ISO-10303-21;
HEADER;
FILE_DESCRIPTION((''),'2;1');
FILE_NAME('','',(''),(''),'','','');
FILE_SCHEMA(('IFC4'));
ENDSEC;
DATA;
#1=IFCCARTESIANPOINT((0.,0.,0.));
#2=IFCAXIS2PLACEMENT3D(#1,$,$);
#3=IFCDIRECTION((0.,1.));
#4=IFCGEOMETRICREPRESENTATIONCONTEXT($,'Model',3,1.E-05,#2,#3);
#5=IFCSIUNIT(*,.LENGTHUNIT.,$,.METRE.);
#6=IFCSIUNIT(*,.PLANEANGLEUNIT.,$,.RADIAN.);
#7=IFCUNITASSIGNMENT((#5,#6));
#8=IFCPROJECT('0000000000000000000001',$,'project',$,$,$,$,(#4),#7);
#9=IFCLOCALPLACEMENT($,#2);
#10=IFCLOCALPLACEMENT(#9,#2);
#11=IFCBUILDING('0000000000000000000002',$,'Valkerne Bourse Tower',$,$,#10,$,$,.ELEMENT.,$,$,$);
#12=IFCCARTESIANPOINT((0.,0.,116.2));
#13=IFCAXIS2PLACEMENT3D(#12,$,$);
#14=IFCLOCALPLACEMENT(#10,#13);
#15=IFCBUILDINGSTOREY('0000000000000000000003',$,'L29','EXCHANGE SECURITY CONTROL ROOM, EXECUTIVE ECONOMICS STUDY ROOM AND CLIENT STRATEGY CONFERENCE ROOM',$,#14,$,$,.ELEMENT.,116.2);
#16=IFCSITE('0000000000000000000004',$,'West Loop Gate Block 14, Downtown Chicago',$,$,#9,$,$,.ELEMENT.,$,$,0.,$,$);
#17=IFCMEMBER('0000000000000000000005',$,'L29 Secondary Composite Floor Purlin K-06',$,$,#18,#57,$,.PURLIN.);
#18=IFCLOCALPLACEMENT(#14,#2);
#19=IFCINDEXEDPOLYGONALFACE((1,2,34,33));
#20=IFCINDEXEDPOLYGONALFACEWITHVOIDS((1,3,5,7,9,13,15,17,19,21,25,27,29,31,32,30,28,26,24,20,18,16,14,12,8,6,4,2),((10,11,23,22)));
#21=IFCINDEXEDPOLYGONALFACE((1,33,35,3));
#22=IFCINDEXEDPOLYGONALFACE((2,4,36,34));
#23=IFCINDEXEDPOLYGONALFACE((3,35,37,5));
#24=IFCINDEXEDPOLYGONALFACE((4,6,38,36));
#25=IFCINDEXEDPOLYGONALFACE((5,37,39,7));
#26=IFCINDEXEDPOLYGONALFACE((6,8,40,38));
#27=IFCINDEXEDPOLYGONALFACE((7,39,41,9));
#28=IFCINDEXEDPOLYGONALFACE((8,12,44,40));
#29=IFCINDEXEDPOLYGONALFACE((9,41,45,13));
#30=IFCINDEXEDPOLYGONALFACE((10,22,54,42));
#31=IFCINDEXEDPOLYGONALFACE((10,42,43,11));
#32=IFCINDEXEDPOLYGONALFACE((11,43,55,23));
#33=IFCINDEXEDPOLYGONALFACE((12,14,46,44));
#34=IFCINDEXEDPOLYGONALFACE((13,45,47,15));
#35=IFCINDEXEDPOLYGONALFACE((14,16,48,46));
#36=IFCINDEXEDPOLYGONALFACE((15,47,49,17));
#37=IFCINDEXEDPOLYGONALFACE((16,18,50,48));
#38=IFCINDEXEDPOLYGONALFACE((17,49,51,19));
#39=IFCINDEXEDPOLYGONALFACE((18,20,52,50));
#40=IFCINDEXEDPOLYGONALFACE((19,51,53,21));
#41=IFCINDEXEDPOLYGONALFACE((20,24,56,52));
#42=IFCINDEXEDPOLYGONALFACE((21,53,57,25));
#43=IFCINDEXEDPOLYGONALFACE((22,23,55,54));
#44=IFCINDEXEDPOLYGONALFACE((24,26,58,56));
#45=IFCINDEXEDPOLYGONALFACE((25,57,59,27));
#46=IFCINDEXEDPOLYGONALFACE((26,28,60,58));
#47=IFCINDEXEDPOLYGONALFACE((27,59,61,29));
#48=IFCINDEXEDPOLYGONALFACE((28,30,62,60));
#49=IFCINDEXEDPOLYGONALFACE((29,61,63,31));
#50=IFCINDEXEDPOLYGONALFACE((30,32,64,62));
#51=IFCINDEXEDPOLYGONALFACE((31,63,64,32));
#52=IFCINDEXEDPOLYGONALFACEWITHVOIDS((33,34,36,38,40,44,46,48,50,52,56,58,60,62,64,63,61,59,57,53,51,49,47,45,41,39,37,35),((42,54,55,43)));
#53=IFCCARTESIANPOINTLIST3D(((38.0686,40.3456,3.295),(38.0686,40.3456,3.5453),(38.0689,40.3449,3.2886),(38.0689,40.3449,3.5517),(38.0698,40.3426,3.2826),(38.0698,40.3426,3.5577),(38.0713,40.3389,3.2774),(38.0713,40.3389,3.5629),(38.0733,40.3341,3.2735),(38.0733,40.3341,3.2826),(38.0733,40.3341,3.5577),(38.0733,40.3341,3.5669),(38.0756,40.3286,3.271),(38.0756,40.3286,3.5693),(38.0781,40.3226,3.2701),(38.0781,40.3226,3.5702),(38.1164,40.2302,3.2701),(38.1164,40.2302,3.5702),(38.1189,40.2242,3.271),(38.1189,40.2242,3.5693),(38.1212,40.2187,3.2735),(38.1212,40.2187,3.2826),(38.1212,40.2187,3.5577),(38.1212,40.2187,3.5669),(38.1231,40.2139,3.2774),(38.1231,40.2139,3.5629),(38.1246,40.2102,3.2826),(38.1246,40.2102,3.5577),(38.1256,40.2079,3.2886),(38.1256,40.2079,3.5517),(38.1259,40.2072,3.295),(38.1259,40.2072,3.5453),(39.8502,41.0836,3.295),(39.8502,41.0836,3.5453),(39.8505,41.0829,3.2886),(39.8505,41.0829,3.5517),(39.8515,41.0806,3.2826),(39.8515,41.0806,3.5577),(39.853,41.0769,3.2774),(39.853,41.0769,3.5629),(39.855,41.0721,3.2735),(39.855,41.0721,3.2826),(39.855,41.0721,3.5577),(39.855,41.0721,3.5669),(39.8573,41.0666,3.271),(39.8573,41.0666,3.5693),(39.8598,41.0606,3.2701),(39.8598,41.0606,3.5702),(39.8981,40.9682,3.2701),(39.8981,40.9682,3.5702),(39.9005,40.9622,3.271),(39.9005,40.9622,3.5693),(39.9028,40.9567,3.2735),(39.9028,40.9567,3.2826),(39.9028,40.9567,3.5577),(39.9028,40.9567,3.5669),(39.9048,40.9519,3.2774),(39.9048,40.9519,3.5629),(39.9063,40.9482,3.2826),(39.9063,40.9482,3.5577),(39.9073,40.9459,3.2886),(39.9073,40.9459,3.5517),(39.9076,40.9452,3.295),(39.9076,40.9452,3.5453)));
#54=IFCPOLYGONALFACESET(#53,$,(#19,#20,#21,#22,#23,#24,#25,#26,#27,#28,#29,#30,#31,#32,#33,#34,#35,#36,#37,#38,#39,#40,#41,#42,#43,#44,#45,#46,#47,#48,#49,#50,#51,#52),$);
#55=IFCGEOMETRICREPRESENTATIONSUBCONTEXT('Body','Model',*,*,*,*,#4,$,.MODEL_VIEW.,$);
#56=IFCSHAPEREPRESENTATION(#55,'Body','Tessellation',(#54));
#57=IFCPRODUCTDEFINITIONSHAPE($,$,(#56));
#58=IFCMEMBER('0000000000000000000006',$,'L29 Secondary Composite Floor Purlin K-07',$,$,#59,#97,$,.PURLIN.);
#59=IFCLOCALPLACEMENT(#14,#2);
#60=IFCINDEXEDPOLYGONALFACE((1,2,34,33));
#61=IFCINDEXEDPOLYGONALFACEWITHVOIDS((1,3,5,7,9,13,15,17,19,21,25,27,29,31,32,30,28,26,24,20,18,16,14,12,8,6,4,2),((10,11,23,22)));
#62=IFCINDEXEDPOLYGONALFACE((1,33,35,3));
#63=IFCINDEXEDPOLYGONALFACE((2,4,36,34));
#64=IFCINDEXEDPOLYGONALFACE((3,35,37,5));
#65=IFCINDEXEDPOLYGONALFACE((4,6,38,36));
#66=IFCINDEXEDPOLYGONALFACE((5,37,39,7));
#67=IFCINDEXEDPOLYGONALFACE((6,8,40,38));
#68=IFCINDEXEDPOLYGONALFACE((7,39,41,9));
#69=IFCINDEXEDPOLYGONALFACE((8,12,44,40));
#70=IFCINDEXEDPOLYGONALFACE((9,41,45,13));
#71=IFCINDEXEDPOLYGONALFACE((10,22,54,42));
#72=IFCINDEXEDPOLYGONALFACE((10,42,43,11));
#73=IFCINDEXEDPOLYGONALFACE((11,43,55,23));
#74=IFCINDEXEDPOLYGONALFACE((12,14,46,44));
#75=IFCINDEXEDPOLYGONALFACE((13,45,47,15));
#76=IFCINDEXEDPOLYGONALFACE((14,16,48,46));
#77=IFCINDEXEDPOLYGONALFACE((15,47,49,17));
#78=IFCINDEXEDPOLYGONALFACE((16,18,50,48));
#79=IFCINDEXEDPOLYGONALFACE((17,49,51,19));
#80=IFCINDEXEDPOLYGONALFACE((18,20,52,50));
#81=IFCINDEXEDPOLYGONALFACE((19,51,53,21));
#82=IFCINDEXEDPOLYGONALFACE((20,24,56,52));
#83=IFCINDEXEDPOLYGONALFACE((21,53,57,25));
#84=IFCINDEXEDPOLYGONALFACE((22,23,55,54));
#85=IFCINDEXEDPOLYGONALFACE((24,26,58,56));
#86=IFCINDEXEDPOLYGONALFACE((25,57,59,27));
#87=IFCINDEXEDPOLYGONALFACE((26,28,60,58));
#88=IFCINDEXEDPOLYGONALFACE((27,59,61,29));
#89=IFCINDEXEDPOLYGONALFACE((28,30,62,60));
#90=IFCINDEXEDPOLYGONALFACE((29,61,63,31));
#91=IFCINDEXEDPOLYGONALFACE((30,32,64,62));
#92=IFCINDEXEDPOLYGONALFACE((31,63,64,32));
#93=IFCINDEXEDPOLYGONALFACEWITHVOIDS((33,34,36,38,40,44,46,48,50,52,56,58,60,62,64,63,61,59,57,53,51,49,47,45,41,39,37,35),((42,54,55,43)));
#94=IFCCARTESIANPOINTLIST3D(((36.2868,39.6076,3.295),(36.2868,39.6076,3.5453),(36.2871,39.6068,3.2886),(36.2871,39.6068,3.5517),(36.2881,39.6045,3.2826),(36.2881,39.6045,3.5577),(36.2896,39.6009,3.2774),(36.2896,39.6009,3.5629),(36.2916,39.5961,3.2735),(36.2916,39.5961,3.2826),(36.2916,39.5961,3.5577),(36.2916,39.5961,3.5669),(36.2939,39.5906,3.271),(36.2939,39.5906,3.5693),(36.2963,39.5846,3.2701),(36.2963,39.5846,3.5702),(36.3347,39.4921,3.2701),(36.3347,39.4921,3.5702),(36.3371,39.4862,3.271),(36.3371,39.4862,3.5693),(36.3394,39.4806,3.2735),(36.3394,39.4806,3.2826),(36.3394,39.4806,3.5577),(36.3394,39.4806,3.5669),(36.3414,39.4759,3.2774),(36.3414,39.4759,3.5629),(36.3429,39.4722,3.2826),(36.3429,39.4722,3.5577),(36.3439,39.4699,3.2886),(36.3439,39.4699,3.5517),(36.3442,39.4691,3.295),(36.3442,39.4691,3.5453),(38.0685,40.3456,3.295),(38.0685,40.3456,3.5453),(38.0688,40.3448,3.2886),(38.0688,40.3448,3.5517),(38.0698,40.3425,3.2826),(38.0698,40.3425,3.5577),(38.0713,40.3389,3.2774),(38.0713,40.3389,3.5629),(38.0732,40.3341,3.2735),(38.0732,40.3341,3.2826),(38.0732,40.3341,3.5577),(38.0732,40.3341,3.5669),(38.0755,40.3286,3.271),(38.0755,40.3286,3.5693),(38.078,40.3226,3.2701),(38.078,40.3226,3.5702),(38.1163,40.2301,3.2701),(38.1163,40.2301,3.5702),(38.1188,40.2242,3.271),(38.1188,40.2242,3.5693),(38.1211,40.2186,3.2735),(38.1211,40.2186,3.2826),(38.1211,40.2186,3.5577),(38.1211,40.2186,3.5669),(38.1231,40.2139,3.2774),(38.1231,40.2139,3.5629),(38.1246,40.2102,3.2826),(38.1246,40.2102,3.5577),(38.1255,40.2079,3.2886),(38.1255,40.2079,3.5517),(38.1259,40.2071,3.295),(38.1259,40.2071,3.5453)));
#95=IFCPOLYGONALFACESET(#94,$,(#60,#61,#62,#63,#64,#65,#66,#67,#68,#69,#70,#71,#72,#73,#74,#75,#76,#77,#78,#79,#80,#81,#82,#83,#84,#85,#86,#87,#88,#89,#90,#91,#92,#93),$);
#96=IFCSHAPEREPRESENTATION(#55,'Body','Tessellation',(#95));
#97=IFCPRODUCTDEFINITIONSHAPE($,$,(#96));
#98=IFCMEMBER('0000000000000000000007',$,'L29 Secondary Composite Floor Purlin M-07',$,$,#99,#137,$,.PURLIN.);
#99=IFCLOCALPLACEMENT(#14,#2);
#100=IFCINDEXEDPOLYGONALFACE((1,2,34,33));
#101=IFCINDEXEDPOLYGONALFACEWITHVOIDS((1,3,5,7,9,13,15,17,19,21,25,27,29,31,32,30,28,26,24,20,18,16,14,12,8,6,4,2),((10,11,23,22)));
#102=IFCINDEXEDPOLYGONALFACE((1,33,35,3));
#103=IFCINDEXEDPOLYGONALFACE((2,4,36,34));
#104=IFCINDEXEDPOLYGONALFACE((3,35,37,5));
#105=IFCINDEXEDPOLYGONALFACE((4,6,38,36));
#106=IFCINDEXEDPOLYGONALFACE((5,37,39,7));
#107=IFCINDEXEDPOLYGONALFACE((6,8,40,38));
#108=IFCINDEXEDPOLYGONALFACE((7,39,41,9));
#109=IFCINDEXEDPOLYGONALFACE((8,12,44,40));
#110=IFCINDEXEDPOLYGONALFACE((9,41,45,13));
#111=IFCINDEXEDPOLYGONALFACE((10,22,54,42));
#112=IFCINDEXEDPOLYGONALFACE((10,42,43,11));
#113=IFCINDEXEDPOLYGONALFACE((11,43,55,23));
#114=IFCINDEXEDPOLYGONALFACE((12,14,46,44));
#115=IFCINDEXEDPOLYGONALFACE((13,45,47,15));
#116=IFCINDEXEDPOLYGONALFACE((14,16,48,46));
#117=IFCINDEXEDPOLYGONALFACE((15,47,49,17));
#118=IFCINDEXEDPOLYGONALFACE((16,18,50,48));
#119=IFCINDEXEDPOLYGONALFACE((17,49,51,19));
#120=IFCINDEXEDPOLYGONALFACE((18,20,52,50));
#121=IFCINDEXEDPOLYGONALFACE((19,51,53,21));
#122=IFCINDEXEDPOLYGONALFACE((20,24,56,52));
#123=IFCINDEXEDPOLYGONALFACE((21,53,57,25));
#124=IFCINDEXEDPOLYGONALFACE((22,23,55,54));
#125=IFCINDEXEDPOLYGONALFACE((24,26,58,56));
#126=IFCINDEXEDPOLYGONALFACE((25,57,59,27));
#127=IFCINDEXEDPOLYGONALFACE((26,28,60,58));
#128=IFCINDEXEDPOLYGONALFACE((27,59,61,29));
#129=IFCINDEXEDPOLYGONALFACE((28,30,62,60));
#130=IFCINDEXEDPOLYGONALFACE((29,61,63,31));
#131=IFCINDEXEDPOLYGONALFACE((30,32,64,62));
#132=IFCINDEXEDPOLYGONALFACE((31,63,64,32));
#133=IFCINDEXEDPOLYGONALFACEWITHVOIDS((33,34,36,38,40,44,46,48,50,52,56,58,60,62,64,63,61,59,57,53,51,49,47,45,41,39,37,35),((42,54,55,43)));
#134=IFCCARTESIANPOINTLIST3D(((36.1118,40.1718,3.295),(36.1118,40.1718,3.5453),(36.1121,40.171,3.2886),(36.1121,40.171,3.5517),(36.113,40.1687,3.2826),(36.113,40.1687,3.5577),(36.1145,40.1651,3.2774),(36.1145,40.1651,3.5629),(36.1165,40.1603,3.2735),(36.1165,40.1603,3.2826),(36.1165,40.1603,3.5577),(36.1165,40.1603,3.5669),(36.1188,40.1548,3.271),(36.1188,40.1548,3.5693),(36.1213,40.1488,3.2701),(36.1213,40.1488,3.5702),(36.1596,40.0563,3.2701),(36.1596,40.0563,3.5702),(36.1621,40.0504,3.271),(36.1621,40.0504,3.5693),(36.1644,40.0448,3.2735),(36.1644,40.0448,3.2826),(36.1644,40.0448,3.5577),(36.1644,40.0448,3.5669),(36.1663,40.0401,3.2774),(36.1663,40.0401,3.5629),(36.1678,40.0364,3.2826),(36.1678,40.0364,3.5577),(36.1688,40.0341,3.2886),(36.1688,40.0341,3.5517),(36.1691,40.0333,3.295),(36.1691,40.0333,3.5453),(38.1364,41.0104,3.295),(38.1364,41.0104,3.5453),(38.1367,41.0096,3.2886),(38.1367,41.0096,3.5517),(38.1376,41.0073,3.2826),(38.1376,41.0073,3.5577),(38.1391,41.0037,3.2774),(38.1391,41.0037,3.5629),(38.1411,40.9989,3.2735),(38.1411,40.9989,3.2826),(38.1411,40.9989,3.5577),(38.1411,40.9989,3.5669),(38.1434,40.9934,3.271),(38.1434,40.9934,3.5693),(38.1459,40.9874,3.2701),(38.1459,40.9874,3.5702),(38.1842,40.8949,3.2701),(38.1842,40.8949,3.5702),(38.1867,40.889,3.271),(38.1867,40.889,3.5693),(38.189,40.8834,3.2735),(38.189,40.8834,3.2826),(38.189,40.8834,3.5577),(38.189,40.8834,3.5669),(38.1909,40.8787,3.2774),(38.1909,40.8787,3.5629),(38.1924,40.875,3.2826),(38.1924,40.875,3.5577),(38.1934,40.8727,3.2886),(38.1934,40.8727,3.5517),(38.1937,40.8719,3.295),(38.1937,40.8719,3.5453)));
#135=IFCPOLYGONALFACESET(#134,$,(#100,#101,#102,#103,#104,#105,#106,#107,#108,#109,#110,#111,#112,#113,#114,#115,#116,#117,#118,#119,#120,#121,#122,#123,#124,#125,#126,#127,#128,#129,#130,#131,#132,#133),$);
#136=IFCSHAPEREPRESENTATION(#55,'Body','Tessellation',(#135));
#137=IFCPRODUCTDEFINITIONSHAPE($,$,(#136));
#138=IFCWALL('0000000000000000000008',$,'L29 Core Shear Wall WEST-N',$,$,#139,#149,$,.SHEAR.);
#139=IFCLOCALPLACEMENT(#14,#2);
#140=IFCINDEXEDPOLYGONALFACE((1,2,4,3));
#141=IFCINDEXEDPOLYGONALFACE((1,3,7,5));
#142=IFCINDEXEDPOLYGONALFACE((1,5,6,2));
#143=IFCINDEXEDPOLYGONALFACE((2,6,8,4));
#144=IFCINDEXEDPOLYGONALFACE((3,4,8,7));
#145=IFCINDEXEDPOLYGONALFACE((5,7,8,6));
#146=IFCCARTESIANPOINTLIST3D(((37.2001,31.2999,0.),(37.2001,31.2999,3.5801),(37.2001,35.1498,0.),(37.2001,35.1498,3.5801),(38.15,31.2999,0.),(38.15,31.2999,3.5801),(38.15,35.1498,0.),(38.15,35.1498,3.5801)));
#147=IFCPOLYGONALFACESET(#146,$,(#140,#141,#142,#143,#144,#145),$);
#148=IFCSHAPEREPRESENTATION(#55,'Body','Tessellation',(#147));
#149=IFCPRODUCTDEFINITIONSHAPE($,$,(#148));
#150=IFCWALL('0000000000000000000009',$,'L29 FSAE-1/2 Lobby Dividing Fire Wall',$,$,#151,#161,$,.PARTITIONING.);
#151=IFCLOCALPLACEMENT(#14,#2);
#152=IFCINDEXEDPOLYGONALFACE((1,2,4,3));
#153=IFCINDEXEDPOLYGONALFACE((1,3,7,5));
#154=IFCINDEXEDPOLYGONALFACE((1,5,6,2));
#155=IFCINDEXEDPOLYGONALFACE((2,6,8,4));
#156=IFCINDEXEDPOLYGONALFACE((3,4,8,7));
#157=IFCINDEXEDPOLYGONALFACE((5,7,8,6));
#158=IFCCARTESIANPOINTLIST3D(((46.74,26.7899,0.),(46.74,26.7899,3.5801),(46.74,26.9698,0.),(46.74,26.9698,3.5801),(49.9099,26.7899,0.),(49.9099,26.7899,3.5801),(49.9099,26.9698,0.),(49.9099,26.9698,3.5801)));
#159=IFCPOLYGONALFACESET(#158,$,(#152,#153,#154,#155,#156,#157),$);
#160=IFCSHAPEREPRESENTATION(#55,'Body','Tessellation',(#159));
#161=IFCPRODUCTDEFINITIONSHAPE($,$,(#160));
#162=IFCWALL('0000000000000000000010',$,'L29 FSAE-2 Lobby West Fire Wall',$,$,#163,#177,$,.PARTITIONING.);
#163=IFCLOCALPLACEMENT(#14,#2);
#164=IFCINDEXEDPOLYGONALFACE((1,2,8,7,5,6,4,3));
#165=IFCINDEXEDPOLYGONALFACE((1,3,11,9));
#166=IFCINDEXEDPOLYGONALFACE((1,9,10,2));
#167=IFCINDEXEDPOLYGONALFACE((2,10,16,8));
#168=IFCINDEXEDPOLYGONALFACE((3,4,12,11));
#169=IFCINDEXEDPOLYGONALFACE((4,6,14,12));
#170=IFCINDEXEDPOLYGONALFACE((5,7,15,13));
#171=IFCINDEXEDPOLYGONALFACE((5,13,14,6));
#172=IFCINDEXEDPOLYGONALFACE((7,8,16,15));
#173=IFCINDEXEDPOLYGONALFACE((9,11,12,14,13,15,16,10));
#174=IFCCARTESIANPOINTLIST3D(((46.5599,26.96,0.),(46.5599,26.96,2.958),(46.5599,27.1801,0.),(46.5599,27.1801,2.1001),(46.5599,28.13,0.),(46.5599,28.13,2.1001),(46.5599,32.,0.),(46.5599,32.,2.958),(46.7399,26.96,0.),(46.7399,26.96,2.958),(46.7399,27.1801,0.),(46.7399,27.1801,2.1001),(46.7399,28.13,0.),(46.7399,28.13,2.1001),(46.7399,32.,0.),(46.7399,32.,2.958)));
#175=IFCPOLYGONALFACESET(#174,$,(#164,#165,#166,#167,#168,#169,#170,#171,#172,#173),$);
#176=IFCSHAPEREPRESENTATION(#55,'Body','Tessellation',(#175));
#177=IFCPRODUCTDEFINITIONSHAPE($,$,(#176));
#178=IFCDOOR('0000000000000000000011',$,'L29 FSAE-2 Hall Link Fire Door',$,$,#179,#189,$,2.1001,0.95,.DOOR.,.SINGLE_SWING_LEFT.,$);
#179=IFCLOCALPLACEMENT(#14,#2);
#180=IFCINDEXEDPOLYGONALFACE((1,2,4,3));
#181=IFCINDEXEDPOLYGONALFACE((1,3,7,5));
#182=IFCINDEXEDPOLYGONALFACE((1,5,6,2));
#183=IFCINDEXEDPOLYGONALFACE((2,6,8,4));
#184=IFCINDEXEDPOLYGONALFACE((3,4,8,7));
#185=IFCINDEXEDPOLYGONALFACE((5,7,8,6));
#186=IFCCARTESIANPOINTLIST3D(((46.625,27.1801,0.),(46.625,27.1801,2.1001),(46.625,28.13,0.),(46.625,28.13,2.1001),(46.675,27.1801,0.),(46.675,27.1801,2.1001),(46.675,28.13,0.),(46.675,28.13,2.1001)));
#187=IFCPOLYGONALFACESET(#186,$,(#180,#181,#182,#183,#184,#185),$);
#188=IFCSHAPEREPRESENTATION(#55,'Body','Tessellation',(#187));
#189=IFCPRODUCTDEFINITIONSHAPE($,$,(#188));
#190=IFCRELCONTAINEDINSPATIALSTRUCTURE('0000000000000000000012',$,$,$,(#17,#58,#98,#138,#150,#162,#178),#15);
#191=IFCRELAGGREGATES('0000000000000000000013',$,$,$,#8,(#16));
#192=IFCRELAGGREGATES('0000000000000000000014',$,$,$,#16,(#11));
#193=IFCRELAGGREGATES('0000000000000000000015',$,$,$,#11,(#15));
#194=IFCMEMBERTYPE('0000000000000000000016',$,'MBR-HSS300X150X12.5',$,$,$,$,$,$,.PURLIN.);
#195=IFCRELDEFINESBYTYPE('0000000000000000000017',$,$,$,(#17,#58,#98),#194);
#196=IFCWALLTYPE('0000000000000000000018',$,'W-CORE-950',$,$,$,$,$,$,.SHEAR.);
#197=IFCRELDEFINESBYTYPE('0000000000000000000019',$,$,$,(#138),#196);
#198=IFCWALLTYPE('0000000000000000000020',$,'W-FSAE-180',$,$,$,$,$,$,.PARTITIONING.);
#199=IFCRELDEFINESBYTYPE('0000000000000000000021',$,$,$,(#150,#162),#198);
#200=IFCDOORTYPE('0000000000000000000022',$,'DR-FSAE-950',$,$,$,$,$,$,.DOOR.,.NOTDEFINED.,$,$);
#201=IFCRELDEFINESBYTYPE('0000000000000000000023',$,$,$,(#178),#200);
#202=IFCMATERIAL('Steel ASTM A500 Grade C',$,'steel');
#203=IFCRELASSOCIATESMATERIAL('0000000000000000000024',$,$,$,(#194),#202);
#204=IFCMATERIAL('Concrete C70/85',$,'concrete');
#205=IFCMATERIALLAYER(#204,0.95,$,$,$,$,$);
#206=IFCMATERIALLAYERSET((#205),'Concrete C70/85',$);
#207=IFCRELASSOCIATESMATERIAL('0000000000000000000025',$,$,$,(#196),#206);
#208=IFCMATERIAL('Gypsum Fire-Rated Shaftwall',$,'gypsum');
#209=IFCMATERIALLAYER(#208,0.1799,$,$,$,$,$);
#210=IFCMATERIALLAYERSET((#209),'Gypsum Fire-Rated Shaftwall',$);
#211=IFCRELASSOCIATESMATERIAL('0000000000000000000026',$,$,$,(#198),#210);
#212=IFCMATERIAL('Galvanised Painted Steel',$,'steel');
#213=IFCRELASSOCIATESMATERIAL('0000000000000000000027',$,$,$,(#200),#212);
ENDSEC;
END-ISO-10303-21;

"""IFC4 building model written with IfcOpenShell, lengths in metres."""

from ifc_helpers import new_model, si_unit, direction, frame, frame_2d, origin, origin_2d, place, context, subcontext, project, spatial, rectangle, hollow_rectangle, extrude, material, layer, layer_set, material_profile, profile_set, type_object, element, fill, save


model = new_model("IFC4")

# Units and contexts
model_context = context("Model", 3, precision=1e-05, world=origin(), true_north=direction((0.0, 1.0)))
body_context = subcontext(model_context, "Body", "Model", "MODEL_VIEW")
ifc_project = project(units=[si_unit("LENGTHUNIT", "METRE"), si_unit("PLANEANGLEUNIT", "RADIAN")], contexts=[model_context])

# Site, building, storey
site_placement = place(None, origin())
site = spatial("IfcSite", under=ifc_project, at=site_placement, Name="West Loop Gate Block 14, Downtown Chicago", CompositionType="ELEMENT", RefElevation=0.0)
building_placement = place(site_placement, origin())
building = spatial("IfcBuilding", under=site, at=building_placement, Name="Valkerne Bourse Tower", CompositionType="ELEMENT")
storey_placement = place(building_placement, frame((0.0, 0.0, 116.2)))
storey = spatial("IfcBuildingStorey", under=building, at=storey_placement, Name="L29", Description="EXCHANGE SECURITY CONTROL ROOM, EXECUTIVE ECONOMICS STUDY ROOM AND CLIENT STRATEGY CONFERENCE ROOM", CompositionType="ELEMENT", Elevation=116.2)

# Members
ifc_material_1 = material(Name="Steel ASTM A500 Grade C", Category="steel")
ifc_material_profile_1 = material_profile(ifc_material_1, hollow_rectangle(XDim=0.1499, YDim=0.3, WallThickness=0.0125, OuterFilletRadius=0.0249, at=origin_2d()), Name="HSS300X150X12.5")
ifc_profile_set_1 = profile_set([ifc_material_profile_1], Name="Steel ASTM A500 Grade C")
member_type = type_object("IfcMemberType", Name="MBR-HSS300X150X12.5", PredefinedType="PURLIN", material=ifc_profile_set_1)
for number, where, z_axis, x_axis, name in (
    (1, (39.8789, 41.0144, 3.4202), (-0.923876, -0.382691, 0.0), (0.382691, -0.923876, 0.0), "L29 Secondary Composite Floor Purlin K-06"),
    (2, (38.0972, 40.2764, 3.4202), (-0.923876, -0.382691, 0.0), (0.382691, -0.923876, 0.0), "L29 Secondary Composite Floor Purlin K-07"),
):
    element("IfcMember", number, at=place(storey_placement, frame(where, z_axis=z_axis, x_axis=x_axis)), inside=storey, type_object=member_type, Name=name, PredefinedType="PURLIN", context=body_context, shape_type="SweptSolid", body=[
        extrude(hollow_rectangle(XDim=0.1499, YDim=0.3, WallThickness=0.0125, OuterFilletRadius=0.0249, at=origin_2d()), origin(), (0.0, 0.0, 1.0), 1.9285),
    ])
member_placement = place(storey_placement, frame((38.165, 40.9412, 3.4202), z_axis=(-0.923882, -0.382676, 0.0), x_axis=(0.382676, -0.923882, 0.0)))
element("IfcMember", 3, at=member_placement, inside=storey, type_object=member_type, Name="L29 Secondary Composite Floor Purlin M-07", PredefinedType="PURLIN", context=body_context, shape_type="SweptSolid", body=[
    extrude(hollow_rectangle(XDim=0.1499, YDim=0.3, WallThickness=0.0125, OuterFilletRadius=0.0249, at=origin_2d()), origin(), (0.0, 0.0, 1.0), 2.1914),
])

# Walls
ifc_material_2 = material(Name="Concrete C70/85", Category="concrete")
ifc_layer_1 = layer(ifc_material_2, 0.95)
ifc_layer_set_1 = layer_set([ifc_layer_1], Name="Concrete C70/85")
wall_type_1 = type_object("IfcWallType", Name="W-CORE-950", PredefinedType="SHEAR", material=ifc_layer_set_1)
wall_1_placement = place(storey_placement, frame((37.675, 31.3, 0.0), z_axis=(0.0, 0.0, 1.0), x_axis=(0.0, 1.0, 0.0)))
element("IfcWall", 4, at=wall_1_placement, inside=storey, type_object=wall_type_1, Name="L29 Core Shear Wall WEST-N", PredefinedType="SHEAR", context=body_context, shape_type="SweptSolid", body=[
    extrude(rectangle(XDim=3.8499, YDim=0.95, at=frame_2d((1.9248, 0.0))), origin(), (0.0, 0.0, 1.0), 3.5801),
])
ifc_material_3 = material(Name="Gypsum Fire-Rated Shaftwall", Category="gypsum")
ifc_layer_2 = layer(ifc_material_3, 0.1799)
ifc_layer_set_2 = layer_set([ifc_layer_2], Name="Gypsum Fire-Rated Shaftwall")
wall_type_2 = type_object("IfcWallType", Name="W-FSAE-180", PredefinedType="PARTITIONING", material=ifc_layer_set_2)
wall_2_placement = place(storey_placement, frame((46.74, 26.8799, 0.0), z_axis=(0.0, 0.0, 1.0), x_axis=(1.0, 0.0, 0.0)))
element("IfcWall", 5, at=wall_2_placement, inside=storey, type_object=wall_type_2, Name="L29 FSAE-1/2 Lobby Dividing Fire Wall", PredefinedType="PARTITIONING", context=body_context, shape_type="SweptSolid", body=[
    extrude(rectangle(XDim=3.1699, YDim=0.1799, at=frame_2d((1.585, 0.0))), origin(), (0.0, 0.0, 1.0), 3.5801),
])

# Wall, opening, door
wall_3_placement = place(storey_placement, frame((46.6499, 26.96, 0.0), z_axis=(0.0, 0.0, 1.0), x_axis=(0.0, 1.0, 0.0)))
wall_3 = element("IfcWall", 6, at=wall_3_placement, inside=storey, type_object=wall_type_2, Name="L29 FSAE-2 Lobby West Fire Wall", PredefinedType="PARTITIONING", context=body_context, shape_type="SweptSolid", body=[
    extrude(rectangle(XDim=5.04, YDim=0.1799, at=frame_2d((2.52, 0.0))), origin(), (0.0, 0.0, 1.0), 2.958),
])
opening_1_placement = place(wall_3_placement, frame((0.22, 0.0, 0.0)))
opening_1 = element("IfcOpeningElement", 7, at=opening_1_placement, cuts=wall_3, PredefinedType="OPENING", context=body_context, shape_type="SweptSolid", body=[
    extrude(rectangle(XDim=0.95, YDim=2.1001, at=frame_2d((0.4751, 1.05))), frame((0.0, 0.0999, 0.0), z_axis=(0.0, -1.0, 0.0), x_axis=(1.0, 0.0, 0.0)), (0.0, 0.0, 1.0), 0.2),
])
ifc_material_4 = material(Name="Galvanised Painted Steel", Category="steel")
door_type_1 = type_object("IfcDoorType", Name="DR-FSAE-950", OperationType="NOTDEFINED", PredefinedType="DOOR", material=ifc_material_4)
door_1_placement = place(opening_1_placement, origin())
door_1 = element("IfcDoor", 8, at=door_1_placement, inside=storey, type_object=door_type_1, Name="L29 FSAE-2 Hall Link Fire Door", OperationType="SINGLE_SWING_LEFT", OverallHeight=2.1001, OverallWidth=0.95, PredefinedType="DOOR", context=body_context, shape_type="SweptSolid", body=[
    extrude(rectangle(XDim=0.95, YDim=2.1001, at=frame_2d((0.4751, 1.05))), frame((0.0, 0.0249, 0.0), z_axis=(0.0, -1.0, 0.0), x_axis=(1.0, 0.0, 0.0)), (0.0, 0.0, 1.0), 0.05),
])
fill(opening_1, door_1)

save(model, "model.ifc")
